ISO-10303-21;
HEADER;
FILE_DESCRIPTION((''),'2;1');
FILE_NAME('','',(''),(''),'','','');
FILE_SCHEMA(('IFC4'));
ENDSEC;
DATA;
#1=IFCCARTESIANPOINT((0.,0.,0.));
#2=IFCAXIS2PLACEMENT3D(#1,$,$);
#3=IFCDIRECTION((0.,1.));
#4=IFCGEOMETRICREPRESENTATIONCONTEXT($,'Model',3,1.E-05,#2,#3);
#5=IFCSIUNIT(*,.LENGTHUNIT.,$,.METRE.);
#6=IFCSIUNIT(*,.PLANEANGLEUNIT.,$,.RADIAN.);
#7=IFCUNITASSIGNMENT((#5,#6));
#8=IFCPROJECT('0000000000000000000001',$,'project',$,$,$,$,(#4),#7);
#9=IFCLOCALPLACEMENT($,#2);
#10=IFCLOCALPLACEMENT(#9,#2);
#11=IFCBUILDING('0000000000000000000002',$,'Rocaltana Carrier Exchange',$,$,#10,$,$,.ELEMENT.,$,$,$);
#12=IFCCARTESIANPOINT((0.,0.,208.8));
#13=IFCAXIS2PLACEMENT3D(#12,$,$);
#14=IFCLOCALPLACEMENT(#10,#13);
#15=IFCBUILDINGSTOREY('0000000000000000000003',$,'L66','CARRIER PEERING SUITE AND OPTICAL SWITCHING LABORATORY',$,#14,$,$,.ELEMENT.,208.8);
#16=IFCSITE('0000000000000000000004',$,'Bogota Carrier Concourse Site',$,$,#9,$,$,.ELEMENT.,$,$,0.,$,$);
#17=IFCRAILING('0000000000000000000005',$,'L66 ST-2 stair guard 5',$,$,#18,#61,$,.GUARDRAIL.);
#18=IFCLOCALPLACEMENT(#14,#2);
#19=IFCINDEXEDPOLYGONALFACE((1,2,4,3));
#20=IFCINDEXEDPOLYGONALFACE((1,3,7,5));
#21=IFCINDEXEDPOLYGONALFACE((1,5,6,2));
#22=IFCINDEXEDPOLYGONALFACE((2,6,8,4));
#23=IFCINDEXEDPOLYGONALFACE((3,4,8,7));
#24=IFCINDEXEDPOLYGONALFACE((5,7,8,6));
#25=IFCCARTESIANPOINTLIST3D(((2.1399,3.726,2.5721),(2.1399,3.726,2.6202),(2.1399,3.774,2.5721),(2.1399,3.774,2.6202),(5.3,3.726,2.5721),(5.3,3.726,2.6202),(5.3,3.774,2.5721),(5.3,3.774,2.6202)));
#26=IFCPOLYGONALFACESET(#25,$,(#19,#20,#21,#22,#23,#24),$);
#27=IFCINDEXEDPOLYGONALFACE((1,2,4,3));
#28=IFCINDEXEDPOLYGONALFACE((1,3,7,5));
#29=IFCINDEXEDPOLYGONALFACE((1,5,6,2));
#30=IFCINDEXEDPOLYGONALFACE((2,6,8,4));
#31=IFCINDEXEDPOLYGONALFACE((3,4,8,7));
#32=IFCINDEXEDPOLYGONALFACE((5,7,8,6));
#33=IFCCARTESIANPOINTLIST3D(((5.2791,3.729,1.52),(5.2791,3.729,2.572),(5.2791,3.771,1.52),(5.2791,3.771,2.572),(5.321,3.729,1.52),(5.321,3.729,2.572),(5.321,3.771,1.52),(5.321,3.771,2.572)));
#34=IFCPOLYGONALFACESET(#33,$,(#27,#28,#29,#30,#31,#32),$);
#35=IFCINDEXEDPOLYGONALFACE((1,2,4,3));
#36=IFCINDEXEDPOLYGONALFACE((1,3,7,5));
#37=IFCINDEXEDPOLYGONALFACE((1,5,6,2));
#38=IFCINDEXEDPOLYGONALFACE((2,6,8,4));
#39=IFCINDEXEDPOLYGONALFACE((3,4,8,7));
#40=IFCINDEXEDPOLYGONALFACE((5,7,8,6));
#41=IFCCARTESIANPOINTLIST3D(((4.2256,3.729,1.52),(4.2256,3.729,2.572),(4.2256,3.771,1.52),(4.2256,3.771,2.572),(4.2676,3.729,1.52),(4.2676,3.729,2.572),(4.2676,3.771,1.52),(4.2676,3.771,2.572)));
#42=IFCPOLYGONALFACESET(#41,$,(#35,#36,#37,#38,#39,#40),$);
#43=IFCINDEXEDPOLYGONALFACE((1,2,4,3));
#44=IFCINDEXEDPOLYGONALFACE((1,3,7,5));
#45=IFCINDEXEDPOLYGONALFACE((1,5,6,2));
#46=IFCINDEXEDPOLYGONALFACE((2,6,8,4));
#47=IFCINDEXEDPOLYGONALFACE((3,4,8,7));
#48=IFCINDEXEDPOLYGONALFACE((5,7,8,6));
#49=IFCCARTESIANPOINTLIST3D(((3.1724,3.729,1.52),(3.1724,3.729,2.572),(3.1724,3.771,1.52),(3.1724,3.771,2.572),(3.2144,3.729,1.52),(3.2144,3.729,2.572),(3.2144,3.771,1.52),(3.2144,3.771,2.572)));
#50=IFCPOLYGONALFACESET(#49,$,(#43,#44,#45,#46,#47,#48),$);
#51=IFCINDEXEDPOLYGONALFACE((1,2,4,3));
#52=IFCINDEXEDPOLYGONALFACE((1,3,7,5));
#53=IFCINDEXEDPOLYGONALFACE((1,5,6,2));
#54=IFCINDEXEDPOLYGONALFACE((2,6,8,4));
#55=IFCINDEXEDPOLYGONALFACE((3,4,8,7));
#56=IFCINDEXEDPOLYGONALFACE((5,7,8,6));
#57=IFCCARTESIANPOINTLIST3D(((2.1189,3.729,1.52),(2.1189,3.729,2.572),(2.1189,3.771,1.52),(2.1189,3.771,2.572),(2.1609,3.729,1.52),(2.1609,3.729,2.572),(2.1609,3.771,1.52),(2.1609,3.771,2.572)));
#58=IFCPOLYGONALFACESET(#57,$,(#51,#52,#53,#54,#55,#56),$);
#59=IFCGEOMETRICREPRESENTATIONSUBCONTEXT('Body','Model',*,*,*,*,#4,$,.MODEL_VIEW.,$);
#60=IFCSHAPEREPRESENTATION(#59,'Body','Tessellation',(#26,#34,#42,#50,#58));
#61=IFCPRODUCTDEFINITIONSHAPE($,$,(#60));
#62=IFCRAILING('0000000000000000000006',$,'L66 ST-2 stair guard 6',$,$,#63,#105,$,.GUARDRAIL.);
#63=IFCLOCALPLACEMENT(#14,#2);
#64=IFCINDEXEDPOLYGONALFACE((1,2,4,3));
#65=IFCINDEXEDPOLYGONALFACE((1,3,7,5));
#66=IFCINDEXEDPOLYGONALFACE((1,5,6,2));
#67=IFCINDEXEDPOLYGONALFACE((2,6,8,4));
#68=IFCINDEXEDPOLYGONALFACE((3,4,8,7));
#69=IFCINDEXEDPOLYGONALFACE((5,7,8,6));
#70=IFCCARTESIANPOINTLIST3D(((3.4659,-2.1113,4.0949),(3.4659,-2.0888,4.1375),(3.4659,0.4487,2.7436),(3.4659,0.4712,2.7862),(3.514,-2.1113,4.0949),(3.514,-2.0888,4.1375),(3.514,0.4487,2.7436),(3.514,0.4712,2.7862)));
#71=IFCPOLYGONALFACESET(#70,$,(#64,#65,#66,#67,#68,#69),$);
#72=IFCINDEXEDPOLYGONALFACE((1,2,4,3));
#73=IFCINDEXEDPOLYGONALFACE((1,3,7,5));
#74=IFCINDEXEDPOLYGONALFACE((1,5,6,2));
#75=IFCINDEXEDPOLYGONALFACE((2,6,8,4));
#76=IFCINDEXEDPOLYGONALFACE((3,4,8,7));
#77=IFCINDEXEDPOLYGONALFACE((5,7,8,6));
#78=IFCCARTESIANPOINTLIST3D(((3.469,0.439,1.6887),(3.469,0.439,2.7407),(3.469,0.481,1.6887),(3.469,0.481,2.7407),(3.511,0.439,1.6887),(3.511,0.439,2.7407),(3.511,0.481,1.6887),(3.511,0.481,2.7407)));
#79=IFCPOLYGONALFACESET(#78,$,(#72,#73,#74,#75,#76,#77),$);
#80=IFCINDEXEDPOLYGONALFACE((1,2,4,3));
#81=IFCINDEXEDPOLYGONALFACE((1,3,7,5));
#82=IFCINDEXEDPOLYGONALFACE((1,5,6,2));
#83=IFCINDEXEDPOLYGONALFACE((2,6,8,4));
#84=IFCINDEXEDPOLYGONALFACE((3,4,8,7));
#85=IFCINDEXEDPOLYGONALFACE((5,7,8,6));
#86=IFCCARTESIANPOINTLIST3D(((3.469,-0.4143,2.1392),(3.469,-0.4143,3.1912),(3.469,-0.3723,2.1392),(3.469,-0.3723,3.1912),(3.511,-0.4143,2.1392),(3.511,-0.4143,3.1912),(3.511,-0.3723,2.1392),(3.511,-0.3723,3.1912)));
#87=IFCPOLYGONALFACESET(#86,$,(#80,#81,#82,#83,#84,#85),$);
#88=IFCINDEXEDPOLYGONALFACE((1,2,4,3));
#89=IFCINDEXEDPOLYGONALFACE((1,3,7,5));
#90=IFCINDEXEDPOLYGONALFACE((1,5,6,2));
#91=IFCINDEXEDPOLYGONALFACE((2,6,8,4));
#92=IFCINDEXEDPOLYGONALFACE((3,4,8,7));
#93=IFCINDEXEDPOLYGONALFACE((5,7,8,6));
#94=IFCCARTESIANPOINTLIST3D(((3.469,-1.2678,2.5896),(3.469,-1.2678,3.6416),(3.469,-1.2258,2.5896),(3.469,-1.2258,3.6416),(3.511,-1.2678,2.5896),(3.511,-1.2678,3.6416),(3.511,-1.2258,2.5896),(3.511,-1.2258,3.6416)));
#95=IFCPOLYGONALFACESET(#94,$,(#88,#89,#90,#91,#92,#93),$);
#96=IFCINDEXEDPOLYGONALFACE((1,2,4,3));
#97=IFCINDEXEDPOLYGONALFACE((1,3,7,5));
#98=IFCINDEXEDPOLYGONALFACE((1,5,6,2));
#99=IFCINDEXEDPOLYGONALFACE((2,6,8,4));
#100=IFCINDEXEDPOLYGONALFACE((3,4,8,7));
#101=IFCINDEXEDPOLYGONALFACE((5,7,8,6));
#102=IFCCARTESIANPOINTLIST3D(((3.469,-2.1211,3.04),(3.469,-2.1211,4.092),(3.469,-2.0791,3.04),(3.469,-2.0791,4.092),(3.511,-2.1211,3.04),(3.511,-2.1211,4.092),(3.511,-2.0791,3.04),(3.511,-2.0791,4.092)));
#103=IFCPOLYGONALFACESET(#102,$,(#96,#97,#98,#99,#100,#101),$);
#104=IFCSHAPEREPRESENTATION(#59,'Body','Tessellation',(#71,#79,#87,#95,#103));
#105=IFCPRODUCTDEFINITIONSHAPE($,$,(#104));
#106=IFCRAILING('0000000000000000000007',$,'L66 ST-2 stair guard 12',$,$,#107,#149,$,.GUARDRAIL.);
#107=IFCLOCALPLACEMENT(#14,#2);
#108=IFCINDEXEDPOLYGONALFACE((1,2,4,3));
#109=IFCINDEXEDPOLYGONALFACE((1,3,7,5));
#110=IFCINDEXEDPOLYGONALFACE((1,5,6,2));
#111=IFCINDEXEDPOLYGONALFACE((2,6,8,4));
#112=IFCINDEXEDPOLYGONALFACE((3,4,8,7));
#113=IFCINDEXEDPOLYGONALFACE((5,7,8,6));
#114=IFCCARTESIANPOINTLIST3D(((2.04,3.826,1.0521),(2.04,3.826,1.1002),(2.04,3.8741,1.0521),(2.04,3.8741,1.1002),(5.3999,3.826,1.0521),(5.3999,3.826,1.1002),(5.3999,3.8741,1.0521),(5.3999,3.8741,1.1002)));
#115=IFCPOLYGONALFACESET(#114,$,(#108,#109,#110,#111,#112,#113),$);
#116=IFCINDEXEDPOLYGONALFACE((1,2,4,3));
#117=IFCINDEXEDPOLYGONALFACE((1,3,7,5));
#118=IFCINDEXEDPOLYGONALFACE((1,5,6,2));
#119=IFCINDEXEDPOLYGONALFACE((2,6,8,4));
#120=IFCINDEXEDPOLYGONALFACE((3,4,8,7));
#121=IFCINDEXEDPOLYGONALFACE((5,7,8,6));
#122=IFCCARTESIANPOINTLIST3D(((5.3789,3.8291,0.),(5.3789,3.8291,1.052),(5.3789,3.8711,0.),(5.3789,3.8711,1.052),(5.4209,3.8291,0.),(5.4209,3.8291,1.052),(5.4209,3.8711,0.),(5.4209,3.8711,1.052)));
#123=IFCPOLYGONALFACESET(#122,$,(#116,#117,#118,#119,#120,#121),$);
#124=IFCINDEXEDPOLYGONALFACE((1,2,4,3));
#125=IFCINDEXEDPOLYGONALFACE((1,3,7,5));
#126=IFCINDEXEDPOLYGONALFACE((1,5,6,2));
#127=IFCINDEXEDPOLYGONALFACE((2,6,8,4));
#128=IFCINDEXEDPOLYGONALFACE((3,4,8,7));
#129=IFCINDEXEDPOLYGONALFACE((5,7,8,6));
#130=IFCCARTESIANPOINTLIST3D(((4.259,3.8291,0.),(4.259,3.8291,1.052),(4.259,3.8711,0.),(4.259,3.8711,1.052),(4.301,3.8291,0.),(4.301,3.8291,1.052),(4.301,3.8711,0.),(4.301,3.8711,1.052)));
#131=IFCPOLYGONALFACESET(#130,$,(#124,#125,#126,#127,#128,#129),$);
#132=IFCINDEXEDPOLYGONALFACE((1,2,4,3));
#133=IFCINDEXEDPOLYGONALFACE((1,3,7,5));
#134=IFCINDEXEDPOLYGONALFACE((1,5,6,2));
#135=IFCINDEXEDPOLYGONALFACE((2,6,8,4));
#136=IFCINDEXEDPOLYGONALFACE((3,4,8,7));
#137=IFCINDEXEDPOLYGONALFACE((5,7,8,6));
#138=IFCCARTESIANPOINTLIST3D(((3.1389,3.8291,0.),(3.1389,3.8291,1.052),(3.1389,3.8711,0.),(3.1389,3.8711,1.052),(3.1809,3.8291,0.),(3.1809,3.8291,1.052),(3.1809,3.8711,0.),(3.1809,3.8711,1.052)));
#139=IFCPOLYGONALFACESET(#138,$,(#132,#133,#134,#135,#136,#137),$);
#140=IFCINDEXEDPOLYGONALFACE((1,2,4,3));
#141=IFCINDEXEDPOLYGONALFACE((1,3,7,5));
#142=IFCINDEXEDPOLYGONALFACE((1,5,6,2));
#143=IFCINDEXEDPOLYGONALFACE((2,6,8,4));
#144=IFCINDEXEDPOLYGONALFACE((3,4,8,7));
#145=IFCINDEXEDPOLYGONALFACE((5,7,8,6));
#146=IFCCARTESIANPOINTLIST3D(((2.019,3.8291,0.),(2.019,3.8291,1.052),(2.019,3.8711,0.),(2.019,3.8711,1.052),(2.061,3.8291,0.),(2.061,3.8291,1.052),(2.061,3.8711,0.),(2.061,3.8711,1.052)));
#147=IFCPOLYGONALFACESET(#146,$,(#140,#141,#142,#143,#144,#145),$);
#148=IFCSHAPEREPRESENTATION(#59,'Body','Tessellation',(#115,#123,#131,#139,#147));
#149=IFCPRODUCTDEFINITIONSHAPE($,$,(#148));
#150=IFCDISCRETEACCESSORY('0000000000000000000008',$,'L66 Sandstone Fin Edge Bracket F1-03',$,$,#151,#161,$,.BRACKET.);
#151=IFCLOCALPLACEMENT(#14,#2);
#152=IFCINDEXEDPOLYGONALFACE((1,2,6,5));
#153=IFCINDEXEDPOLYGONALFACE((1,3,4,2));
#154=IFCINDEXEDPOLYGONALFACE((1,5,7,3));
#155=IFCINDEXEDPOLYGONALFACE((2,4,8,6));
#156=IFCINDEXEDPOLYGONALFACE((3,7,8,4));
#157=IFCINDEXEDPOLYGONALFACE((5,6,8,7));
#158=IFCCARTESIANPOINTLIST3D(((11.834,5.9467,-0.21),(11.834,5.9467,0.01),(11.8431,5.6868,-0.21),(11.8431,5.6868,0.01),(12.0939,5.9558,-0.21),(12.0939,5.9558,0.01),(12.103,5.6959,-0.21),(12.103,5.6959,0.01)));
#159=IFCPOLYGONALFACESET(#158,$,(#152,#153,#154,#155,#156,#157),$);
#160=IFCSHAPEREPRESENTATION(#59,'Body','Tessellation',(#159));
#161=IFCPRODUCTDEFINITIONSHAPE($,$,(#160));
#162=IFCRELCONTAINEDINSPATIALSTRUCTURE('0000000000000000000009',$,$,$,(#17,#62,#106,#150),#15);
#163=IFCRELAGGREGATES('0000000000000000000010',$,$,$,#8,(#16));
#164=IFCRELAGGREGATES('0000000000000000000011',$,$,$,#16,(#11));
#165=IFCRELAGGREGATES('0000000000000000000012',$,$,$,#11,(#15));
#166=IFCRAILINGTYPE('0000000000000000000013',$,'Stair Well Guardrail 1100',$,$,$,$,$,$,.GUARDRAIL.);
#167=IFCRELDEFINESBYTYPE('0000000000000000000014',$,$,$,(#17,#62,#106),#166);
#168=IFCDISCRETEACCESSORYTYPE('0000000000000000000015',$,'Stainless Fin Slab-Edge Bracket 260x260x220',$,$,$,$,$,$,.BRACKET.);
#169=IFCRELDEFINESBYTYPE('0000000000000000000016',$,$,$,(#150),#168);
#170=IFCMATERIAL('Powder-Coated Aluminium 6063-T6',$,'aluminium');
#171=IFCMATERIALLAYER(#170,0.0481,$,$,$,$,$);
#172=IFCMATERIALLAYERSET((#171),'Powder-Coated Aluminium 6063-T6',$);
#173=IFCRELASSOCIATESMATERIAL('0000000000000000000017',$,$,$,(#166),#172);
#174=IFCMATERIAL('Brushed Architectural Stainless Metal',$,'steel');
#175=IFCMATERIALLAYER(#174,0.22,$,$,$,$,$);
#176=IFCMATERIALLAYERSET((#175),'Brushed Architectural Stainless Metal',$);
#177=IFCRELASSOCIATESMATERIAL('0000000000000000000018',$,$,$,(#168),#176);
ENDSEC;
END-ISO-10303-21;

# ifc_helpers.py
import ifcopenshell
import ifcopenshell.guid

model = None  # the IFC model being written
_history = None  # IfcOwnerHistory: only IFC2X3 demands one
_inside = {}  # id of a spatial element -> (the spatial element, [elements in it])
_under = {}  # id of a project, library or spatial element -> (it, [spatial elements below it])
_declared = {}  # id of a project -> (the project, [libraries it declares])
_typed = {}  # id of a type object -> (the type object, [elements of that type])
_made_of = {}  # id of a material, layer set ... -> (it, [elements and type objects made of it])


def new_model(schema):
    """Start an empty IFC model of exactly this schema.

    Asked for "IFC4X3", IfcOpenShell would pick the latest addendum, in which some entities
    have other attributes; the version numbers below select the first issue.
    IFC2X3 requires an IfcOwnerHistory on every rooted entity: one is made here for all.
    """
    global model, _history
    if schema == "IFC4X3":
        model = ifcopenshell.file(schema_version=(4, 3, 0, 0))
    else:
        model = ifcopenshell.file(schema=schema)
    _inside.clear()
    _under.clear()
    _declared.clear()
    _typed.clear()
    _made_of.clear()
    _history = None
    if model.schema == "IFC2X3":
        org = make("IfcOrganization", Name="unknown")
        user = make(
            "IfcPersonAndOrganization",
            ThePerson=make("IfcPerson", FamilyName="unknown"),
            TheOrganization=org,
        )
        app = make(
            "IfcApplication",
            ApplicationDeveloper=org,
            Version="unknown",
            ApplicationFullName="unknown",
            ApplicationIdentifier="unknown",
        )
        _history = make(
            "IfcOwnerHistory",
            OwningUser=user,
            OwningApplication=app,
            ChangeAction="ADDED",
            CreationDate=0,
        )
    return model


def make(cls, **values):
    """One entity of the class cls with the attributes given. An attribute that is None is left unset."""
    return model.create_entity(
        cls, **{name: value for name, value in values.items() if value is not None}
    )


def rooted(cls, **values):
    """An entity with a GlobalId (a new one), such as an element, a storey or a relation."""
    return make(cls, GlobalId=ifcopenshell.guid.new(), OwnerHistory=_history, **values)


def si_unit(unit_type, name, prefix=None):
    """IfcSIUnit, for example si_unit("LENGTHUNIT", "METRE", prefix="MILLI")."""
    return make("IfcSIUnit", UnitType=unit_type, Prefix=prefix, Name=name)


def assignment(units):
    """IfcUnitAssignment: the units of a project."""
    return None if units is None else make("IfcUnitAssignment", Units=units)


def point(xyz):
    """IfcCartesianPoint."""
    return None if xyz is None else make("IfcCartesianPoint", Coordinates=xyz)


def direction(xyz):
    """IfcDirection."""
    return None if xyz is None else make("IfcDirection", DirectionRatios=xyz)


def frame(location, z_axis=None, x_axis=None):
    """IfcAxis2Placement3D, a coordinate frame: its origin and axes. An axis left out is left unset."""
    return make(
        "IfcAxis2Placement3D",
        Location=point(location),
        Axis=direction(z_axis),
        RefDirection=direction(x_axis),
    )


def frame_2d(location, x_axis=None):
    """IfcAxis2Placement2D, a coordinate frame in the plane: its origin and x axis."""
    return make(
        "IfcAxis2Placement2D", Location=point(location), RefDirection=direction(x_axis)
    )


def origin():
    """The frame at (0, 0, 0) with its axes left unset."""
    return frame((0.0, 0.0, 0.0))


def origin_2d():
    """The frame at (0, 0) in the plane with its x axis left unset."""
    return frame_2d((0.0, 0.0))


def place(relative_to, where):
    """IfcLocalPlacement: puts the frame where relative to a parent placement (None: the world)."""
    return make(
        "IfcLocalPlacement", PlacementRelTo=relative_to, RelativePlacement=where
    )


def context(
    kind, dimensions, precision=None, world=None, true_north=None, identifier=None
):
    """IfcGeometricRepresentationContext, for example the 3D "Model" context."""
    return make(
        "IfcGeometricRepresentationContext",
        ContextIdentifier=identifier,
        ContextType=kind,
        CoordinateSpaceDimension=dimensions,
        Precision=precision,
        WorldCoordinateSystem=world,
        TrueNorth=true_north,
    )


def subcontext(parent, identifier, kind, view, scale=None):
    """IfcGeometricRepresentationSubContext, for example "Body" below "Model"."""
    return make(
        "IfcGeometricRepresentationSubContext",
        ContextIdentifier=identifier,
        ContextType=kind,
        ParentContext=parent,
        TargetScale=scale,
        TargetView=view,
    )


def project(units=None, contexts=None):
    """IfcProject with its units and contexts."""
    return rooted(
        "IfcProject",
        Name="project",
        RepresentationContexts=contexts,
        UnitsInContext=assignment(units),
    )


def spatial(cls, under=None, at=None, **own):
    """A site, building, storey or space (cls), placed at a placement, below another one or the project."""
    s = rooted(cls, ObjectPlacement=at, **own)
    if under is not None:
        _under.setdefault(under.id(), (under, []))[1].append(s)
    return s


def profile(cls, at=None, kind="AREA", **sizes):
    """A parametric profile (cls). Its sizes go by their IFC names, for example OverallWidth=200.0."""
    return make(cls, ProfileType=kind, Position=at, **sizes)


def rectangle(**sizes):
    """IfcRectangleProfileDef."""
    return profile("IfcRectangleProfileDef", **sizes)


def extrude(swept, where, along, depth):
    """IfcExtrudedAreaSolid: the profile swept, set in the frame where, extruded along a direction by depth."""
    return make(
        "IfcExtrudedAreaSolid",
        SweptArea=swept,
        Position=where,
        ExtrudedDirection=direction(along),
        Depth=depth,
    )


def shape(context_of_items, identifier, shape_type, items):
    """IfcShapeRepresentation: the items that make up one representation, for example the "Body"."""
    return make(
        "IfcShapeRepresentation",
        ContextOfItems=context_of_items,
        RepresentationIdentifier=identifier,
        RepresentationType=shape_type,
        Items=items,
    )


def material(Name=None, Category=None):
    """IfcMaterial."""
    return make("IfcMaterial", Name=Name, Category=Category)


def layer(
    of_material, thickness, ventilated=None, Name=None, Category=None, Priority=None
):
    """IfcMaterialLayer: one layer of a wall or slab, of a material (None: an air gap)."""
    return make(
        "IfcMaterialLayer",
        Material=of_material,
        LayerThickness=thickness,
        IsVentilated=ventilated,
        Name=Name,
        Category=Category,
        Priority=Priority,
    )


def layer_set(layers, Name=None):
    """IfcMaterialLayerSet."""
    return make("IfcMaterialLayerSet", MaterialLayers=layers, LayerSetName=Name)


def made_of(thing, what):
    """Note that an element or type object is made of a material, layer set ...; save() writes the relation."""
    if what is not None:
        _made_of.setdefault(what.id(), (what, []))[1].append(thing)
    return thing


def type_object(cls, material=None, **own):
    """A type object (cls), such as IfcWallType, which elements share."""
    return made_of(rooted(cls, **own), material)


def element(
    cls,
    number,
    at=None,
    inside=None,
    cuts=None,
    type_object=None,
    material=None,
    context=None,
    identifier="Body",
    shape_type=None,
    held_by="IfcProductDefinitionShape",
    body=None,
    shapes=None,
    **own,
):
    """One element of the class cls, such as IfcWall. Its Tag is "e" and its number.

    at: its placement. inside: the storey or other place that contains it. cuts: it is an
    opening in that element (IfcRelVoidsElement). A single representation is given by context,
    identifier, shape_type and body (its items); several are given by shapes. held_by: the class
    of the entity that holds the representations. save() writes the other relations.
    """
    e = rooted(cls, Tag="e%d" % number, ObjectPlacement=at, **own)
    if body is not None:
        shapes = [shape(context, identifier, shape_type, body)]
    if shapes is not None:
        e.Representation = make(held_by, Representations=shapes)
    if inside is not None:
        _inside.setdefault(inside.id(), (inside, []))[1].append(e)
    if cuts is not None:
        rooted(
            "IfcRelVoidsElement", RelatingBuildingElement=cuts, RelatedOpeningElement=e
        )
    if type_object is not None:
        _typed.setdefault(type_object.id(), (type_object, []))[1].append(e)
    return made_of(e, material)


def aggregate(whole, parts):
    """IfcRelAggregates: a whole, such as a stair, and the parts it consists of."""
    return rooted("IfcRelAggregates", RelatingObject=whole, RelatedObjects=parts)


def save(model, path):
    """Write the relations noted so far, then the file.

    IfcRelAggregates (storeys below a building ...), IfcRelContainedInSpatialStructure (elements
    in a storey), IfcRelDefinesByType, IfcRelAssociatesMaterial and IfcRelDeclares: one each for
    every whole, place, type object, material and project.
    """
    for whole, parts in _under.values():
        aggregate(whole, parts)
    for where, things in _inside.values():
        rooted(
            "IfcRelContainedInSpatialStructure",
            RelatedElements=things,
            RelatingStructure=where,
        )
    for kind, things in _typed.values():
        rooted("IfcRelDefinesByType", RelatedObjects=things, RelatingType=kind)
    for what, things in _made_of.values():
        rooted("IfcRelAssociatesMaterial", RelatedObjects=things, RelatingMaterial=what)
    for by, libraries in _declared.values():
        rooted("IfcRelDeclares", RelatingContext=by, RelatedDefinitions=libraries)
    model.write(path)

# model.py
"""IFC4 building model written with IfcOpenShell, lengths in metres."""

from ifc_helpers import new_model, si_unit, direction, frame, origin, origin_2d, place, context, subcontext, project, spatial, rectangle, extrude, material, layer, layer_set, type_object, element, save


model = new_model("IFC4")

# Units and contexts
model_context = context("Model", 3, precision=1e-05, world=origin(), true_north=direction((0.0, 1.0)))
body_context = subcontext(model_context, "Body", "Model", "MODEL_VIEW")
ifc_project = project(units=[si_unit("LENGTHUNIT", "METRE"), si_unit("PLANEANGLEUNIT", "RADIAN")], contexts=[model_context])

# Site, building, storey
site_placement = place(None, origin())
site = spatial("IfcSite", under=ifc_project, at=site_placement, Name="Bogota Carrier Concourse Site", CompositionType="ELEMENT", RefElevation=0.0)
building_placement = place(site_placement, origin())
building = spatial("IfcBuilding", under=site, at=building_placement, Name="Rocaltana Carrier Exchange", CompositionType="ELEMENT")
storey_placement = place(building_placement, frame((0.0, 0.0, 208.8)))
storey = spatial("IfcBuildingStorey", under=building, at=storey_placement, Name="L66", Description="CARRIER PEERING SUITE AND OPTICAL SWITCHING LABORATORY", CompositionType="ELEMENT", Elevation=208.8)

# Railings
ifc_material_1 = material(Name="Powder-Coated Aluminium 6063-T6", Category="aluminium")
ifc_layer_1 = layer(ifc_material_1, 0.0481)
ifc_layer_set_1 = layer_set([ifc_layer_1], Name="Powder-Coated Aluminium 6063-T6")
railing_type_1 = type_object("IfcRailingType", Name="Stair Well Guardrail 1100", PredefinedType="GUARDRAIL", material=ifc_layer_set_1)
railing_1_placement = place(storey_placement, frame((5.3, 3.75, 1.52)))
element("IfcRailing", 1, at=railing_1_placement, inside=storey, type_object=railing_type_1, Name="L66 ST-2 stair guard 5", PredefinedType="GUARDRAIL", context=body_context, shape_type="SweptSolid", body=[
    extrude(rectangle(XDim=0.0481, YDim=0.0481, at=origin_2d()), frame((0.0, 0.0, 1.0762), z_axis=(-1.0, 0.0, 0.0), x_axis=(0.0, -1.0, 0.0)), (0.0, 0.0, 1.0), 3.1602),
    extrude(rectangle(XDim=0.042, YDim=0.042, at=origin_2d()), origin(), (0.0, 0.0, 1.0), 1.052),
    extrude(rectangle(XDim=0.042, YDim=0.042, at=origin_2d()), frame((-1.0535, 0.0, 0.0)), (0.0, 0.0, 1.0), 1.052),
    extrude(rectangle(XDim=0.042, YDim=0.042, at=origin_2d()), frame((-2.1067, 0.0, 0.0)), (0.0, 0.0, 1.0), 1.052),
    extrude(rectangle(XDim=0.042, YDim=0.042, at=origin_2d()), frame((-3.1602, 0.0, 0.0)), (0.0, 0.0, 1.0), 1.052),
])
railing_2_placement = place(storey_placement, frame((3.49, 0.46, 1.6887)))
element("IfcRailing", 2, at=railing_2_placement, inside=storey, type_object=railing_type_1, Name="L66 ST-2 stair guard 6", PredefinedType="GUARDRAIL", context=body_context, shape_type="SweptSolid", body=[
    extrude(rectangle(XDim=0.0481, YDim=0.0481, at=origin_2d()), frame((0.0, 0.0, 1.0762), z_axis=(0.0, -0.88436, 0.466806), x_axis=(1.0, 0.0, 0.0)), (0.0, 0.0, 1.0), 2.8948),
    extrude(rectangle(XDim=0.042, YDim=0.042, at=origin_2d()), origin(), (0.0, 0.0, 1.0), 1.052),
    extrude(rectangle(XDim=0.042, YDim=0.042, at=origin_2d()), frame((0.0, -0.8533, 0.4504)), (0.0, 0.0, 1.0), 1.052),
    extrude(rectangle(XDim=0.042, YDim=0.042, at=origin_2d()), frame((0.0, -1.7068, 0.9009)), (0.0, 0.0, 1.0), 1.052),
    extrude(rectangle(XDim=0.042, YDim=0.042, at=origin_2d()), frame((0.0, -2.5601, 1.3513)), (0.0, 0.0, 1.0), 1.052),
])
railing_3_placement = place(storey_placement, frame((5.3999, 3.8501, 0.0)))
element("IfcRailing", 3, at=railing_3_placement, inside=storey, type_object=railing_type_1, Name="L66 ST-2 stair guard 12", PredefinedType="GUARDRAIL", context=body_context, shape_type="SweptSolid", body=[
    extrude(rectangle(XDim=0.0481, YDim=0.0481, at=origin_2d()), frame((0.0, 0.0, 1.0762), z_axis=(-1.0, 0.0, 0.0), x_axis=(0.0, -1.0, 0.0)), (0.0, 0.0, 1.0), 3.3599),
    extrude(rectangle(XDim=0.042, YDim=0.042, at=origin_2d()), origin(), (0.0, 0.0, 1.0), 1.052),
    extrude(rectangle(XDim=0.042, YDim=0.042, at=origin_2d()), frame((-1.1199, 0.0, 0.0)), (0.0, 0.0, 1.0), 1.052),
    extrude(rectangle(XDim=0.042, YDim=0.042, at=origin_2d()), frame((-2.24, 0.0, 0.0)), (0.0, 0.0, 1.0), 1.052),
    extrude(rectangle(XDim=0.042, YDim=0.042, at=origin_2d()), frame((-3.3599, 0.0, 0.0)), (0.0, 0.0, 1.0), 1.052),
])

# Discrete accessory
ifc_material_2 = material(Name="Brushed Architectural Stainless Metal", Category="steel")
ifc_layer_2 = layer(ifc_material_2, 0.22)
ifc_layer_set_2 = layer_set([ifc_layer_2], Name="Brushed Architectural Stainless Metal")
discrete_accessory_type = type_object("IfcDiscreteAccessoryType", Name="Stainless Fin Slab-Edge Bracket 260x260x220", PredefinedType="BRACKET", material=ifc_layer_set_2)
discrete_accessory_placement = place(storey_placement, frame((11.9685, 5.8213, -0.21), z_axis=(0.0, 0.0, 1.0), x_axis=(-0.034899, 0.999391, 0.0)))
element("IfcDiscreteAccessory", 4, at=discrete_accessory_placement, inside=storey, type_object=discrete_accessory_type, Name="L66 Sandstone Fin Edge Bracket F1-03", PredefinedType="BRACKET", context=body_context, shape_type="SweptSolid", body=[
    extrude(rectangle(XDim=0.26, YDim=0.26, at=origin_2d()), origin(), (0.0, 0.0, 1.0), 0.22),
])

save(model, "model.ifc")
